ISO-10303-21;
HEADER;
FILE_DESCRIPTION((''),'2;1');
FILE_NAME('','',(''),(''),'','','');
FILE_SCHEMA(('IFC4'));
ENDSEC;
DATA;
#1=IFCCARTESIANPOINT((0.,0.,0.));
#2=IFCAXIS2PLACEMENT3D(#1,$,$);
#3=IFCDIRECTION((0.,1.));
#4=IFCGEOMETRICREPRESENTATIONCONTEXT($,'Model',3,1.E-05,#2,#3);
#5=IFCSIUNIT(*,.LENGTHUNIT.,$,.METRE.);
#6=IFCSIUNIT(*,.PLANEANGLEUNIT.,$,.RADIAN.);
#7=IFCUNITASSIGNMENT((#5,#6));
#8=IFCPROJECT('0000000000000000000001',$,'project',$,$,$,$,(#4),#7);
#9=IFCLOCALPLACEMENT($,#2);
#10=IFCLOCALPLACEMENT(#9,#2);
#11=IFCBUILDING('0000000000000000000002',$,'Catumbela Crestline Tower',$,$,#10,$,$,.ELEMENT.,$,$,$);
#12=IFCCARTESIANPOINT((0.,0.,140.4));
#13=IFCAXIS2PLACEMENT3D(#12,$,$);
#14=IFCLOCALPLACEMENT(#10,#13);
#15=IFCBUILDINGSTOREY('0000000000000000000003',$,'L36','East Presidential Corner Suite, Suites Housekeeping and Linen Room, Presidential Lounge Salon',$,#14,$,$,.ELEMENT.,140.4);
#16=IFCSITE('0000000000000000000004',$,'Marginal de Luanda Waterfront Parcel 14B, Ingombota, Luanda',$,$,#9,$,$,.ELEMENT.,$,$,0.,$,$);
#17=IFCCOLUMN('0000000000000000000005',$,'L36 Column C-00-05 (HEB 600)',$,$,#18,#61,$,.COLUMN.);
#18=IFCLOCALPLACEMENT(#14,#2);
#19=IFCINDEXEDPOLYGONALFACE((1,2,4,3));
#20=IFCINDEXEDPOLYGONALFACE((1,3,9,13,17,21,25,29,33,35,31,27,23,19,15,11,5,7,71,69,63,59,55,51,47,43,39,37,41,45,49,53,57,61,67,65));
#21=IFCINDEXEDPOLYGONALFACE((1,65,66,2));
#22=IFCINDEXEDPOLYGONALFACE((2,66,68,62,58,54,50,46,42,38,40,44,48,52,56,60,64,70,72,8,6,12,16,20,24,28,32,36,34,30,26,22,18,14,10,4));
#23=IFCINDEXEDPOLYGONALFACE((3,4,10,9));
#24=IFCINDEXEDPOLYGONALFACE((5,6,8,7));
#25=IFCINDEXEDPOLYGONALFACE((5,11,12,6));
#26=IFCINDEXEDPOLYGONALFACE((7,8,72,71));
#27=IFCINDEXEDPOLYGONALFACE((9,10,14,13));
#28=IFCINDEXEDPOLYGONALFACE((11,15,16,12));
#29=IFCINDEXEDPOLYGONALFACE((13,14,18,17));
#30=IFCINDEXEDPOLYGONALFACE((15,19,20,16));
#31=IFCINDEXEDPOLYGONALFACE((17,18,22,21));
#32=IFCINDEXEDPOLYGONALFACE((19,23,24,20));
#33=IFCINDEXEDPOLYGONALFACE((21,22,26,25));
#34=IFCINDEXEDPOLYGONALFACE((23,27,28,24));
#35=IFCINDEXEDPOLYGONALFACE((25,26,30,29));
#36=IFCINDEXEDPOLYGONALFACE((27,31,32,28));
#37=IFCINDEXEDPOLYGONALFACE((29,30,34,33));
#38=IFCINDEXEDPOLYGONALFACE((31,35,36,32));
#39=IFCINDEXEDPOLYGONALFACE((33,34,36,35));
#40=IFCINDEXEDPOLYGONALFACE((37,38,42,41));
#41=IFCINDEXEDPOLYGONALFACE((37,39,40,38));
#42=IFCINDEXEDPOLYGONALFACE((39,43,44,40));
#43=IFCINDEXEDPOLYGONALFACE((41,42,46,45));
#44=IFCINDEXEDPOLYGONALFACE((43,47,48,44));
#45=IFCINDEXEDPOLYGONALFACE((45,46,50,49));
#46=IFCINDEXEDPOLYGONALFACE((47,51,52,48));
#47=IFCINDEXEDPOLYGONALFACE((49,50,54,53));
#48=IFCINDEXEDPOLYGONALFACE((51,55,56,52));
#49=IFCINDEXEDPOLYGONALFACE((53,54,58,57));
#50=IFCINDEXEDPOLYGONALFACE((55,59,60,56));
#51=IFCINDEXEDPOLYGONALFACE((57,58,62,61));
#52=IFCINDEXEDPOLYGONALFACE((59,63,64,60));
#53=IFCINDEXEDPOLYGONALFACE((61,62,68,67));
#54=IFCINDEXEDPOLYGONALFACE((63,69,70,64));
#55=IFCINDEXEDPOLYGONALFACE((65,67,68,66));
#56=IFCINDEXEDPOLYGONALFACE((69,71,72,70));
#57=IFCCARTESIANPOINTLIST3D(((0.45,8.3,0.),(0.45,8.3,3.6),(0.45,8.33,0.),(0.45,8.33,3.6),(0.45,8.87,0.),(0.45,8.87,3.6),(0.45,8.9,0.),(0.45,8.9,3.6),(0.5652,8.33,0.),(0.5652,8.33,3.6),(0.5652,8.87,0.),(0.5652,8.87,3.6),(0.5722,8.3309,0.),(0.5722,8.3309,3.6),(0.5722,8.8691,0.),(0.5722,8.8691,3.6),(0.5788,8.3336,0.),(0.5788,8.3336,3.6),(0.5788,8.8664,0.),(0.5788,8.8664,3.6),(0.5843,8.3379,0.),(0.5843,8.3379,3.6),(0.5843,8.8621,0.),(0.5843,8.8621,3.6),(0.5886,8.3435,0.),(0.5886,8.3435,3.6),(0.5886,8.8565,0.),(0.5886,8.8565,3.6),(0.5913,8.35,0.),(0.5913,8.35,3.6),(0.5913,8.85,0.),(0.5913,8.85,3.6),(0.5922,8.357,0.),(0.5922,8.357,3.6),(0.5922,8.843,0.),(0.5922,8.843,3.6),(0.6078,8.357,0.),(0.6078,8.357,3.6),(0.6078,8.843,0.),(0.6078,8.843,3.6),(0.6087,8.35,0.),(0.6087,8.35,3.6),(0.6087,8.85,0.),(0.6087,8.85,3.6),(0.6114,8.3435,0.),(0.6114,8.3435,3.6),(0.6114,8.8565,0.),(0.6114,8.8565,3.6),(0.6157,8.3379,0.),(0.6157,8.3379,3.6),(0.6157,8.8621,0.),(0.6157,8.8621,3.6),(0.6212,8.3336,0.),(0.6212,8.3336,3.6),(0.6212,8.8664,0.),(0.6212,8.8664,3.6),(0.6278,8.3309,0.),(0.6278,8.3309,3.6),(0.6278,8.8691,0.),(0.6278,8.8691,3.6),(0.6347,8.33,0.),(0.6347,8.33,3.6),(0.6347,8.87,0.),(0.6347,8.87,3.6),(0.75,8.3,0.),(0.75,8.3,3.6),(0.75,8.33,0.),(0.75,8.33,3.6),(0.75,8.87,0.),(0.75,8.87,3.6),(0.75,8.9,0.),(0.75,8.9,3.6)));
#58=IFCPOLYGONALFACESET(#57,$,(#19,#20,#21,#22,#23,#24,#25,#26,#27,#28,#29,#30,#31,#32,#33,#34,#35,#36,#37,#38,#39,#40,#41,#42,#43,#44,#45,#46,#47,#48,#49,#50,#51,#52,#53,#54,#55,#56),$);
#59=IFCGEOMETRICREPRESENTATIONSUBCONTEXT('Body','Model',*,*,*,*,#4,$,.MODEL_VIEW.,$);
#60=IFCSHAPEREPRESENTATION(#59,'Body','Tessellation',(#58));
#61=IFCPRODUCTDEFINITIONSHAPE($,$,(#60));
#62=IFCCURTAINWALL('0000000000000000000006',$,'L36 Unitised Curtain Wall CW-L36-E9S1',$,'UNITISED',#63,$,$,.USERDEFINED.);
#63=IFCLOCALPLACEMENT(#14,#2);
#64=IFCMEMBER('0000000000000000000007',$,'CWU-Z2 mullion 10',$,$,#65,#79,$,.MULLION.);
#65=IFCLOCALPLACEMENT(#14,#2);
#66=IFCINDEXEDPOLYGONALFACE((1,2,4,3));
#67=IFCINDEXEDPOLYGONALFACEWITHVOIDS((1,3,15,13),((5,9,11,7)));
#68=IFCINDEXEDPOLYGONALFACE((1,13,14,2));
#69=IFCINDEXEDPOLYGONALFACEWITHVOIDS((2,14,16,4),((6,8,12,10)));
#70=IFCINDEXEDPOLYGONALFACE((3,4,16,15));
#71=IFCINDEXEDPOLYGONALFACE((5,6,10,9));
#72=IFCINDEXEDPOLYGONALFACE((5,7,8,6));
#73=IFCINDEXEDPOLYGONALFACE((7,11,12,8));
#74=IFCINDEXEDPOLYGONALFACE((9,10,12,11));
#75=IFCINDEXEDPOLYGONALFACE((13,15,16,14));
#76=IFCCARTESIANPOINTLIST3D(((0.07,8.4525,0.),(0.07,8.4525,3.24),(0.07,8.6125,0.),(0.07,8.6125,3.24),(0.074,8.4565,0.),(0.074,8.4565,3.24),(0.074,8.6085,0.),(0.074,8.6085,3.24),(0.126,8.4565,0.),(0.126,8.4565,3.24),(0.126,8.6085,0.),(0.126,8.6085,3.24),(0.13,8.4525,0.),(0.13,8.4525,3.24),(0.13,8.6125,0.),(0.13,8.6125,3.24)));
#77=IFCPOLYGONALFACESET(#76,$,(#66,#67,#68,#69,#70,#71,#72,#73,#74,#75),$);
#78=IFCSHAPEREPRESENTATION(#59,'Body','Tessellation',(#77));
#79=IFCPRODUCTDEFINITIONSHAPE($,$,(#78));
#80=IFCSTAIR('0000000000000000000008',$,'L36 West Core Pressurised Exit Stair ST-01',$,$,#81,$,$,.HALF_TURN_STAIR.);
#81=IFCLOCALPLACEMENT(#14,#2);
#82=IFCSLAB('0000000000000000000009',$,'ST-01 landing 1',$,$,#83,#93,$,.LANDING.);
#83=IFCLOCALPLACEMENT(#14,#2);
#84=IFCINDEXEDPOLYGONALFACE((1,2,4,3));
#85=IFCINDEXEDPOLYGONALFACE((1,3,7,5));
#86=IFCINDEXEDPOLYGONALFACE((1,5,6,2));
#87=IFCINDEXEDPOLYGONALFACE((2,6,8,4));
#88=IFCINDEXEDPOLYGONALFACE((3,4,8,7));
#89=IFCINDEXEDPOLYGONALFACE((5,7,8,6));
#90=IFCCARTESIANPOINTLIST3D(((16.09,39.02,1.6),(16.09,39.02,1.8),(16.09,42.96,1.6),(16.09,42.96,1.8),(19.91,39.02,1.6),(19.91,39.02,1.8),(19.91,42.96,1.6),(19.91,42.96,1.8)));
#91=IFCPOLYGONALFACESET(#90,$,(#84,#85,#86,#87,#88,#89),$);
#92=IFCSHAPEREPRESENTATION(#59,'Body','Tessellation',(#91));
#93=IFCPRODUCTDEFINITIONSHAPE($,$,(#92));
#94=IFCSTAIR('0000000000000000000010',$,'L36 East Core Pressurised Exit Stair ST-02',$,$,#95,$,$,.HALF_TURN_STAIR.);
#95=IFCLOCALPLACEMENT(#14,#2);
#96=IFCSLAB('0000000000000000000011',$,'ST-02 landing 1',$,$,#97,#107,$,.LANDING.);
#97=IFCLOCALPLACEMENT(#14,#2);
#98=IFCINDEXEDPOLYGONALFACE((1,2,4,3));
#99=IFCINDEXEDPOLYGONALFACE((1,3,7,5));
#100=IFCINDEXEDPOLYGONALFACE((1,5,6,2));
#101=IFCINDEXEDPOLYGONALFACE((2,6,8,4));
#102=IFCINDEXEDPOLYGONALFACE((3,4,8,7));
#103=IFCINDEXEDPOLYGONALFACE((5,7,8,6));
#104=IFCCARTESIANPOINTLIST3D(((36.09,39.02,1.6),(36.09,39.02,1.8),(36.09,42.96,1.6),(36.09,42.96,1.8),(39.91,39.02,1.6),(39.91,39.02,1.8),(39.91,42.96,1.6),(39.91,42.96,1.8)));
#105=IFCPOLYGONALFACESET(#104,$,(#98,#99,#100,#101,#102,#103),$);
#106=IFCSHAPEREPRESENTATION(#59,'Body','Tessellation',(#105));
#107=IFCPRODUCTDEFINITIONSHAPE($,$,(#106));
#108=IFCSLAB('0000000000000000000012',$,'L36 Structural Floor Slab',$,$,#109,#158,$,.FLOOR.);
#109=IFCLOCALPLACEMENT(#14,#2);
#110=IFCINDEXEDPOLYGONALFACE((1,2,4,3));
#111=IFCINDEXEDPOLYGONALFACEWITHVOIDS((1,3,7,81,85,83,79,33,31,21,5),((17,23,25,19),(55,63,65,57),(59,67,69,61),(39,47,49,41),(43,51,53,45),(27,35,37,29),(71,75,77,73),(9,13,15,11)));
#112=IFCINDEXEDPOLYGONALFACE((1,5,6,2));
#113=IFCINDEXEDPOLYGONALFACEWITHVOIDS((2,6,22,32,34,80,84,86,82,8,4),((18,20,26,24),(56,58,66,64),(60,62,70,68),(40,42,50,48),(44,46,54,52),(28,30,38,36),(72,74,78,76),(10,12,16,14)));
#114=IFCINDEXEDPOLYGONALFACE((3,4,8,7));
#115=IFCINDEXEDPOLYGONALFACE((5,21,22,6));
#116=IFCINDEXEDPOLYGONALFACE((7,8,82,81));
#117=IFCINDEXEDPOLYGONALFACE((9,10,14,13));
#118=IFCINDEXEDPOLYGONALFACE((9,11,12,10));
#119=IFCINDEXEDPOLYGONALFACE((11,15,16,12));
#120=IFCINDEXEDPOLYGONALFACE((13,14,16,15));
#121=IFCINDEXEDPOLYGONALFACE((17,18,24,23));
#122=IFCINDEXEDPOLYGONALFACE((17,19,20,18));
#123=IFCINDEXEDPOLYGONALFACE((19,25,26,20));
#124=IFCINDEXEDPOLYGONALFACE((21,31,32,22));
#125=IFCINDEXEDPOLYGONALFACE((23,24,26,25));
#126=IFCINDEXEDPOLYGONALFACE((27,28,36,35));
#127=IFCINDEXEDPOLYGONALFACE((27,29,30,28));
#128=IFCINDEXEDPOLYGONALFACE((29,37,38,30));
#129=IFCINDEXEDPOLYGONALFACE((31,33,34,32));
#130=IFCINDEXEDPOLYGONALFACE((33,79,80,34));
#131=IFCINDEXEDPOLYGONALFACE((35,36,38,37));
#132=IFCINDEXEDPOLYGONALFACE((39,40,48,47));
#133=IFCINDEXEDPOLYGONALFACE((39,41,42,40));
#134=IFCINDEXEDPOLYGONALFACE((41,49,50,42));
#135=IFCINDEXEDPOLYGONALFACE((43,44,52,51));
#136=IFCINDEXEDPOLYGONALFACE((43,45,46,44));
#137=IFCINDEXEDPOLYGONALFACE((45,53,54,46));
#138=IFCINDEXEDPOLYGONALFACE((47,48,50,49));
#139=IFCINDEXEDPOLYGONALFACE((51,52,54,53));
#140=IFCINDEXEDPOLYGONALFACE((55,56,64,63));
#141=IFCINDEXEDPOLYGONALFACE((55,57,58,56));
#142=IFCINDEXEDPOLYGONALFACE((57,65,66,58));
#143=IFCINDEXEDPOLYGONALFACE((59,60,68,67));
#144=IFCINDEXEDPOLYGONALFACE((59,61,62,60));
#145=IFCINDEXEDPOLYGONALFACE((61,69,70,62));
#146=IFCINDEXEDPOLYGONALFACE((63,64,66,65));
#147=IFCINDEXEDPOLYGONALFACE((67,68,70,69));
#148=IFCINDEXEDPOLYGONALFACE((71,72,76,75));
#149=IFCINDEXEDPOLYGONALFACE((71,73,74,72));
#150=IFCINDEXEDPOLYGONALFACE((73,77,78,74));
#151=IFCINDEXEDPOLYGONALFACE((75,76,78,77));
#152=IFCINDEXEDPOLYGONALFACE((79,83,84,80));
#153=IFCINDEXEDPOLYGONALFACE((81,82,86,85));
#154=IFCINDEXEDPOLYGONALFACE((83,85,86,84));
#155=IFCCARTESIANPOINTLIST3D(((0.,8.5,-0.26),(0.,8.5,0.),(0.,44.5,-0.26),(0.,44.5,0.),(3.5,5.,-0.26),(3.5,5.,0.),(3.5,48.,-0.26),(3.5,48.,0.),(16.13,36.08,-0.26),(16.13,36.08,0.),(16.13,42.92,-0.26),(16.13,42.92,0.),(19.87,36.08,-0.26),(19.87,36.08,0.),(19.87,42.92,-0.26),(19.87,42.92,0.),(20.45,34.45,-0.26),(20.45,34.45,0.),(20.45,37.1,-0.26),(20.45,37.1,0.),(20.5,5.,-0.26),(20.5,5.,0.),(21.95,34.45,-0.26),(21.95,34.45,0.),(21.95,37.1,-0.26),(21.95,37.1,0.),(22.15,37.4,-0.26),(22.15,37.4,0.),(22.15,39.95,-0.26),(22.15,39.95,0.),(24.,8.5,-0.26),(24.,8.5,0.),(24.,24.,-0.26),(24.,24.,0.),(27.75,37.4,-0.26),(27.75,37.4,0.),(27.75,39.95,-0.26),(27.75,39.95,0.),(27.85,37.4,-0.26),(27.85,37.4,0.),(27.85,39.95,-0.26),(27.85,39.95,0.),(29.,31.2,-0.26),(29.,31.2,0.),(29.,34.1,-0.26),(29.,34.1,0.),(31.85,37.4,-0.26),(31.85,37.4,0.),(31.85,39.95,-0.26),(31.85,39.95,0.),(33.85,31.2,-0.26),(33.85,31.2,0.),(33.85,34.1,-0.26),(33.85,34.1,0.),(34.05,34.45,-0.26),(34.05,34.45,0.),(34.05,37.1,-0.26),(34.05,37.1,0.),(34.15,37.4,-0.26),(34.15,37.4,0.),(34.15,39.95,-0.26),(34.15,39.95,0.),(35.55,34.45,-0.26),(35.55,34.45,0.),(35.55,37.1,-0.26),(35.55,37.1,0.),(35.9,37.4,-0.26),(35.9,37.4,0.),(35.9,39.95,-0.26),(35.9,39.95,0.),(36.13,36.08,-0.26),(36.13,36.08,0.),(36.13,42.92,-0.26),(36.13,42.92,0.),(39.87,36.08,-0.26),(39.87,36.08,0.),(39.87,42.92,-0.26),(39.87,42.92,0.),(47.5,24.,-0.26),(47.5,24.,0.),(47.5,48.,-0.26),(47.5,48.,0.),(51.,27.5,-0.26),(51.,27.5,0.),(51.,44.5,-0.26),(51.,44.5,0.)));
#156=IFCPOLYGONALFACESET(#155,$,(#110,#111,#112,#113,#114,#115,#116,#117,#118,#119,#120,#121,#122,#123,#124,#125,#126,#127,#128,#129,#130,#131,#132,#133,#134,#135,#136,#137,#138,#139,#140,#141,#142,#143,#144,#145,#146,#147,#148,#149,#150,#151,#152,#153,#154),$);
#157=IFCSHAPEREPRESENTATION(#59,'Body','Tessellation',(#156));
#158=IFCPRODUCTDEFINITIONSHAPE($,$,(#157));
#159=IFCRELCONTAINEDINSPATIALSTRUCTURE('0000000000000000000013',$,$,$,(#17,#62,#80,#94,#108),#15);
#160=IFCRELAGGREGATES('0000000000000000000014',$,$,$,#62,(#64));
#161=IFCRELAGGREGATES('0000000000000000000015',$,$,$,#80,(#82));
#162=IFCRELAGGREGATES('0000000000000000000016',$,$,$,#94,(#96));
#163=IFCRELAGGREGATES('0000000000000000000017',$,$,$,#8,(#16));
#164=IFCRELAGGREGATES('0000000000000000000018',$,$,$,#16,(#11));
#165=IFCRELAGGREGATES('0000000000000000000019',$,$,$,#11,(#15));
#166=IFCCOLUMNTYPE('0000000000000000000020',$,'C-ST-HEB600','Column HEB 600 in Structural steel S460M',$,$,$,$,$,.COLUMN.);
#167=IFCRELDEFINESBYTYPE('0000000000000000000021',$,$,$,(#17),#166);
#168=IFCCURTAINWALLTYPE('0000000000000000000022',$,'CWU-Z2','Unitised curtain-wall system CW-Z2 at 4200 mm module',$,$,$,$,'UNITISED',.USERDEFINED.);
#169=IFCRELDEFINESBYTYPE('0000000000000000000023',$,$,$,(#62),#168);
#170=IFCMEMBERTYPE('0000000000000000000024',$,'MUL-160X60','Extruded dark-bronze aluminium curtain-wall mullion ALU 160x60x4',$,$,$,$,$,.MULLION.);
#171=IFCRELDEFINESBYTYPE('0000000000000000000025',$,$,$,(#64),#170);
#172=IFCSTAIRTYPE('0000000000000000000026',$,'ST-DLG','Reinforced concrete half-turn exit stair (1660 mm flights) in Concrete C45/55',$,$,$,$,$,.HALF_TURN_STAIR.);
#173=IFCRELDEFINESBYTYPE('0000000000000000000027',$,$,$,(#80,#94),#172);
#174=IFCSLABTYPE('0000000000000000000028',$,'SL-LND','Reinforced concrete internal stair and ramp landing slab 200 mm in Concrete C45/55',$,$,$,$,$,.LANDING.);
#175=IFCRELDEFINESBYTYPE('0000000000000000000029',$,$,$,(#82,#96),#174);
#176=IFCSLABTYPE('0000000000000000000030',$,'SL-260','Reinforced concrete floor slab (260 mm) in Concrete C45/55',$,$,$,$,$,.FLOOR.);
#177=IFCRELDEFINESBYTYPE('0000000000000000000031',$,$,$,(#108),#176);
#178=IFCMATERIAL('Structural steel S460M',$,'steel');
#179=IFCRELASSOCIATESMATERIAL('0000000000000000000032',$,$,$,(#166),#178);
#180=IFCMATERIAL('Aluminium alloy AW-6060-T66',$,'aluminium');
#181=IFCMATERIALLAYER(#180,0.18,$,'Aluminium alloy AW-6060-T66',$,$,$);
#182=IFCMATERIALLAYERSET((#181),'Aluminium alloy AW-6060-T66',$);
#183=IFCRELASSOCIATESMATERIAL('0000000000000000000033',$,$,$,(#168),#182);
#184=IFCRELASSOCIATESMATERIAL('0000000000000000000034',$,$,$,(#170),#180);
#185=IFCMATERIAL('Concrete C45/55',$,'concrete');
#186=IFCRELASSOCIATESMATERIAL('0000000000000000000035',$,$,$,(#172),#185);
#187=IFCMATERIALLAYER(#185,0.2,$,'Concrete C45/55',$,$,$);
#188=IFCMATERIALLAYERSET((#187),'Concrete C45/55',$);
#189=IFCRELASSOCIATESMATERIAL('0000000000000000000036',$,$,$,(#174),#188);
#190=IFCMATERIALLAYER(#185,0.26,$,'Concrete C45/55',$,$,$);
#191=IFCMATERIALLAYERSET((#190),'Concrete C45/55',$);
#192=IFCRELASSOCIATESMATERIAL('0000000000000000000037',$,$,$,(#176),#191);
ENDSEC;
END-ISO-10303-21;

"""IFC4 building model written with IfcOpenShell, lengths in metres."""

from ifc_helpers import new_model, si_unit, direction, frame, origin, origin_2d, place, context, subcontext, project, spatial, polyline, hollow_rectangle, i_section, outline, extrude, material, layer, layer_set, material_profile, profile_set, type_object, element, aggregate, save


model = new_model("IFC4")

# Units and contexts
model_context = context("Model", 3, precision=1e-05, world=origin(), true_north=direction((0.0, 1.0)))
body_context = subcontext(model_context, "Body", "Model", "MODEL_VIEW")
ifc_project = project(units=[si_unit("LENGTHUNIT", "METRE"), si_unit("PLANEANGLEUNIT", "RADIAN")], contexts=[model_context])

# Site, building, storey
site_placement = place(None, origin())
site = spatial("IfcSite", under=ifc_project, at=site_placement, Name="Marginal de Luanda Waterfront Parcel 14B, Ingombota, Luanda", CompositionType="ELEMENT", RefElevation=0.0)
building_placement = place(site_placement, origin())
building = spatial("IfcBuilding", under=site, at=building_placement, Name="Catumbela Crestline Tower", CompositionType="ELEMENT")
storey_placement = place(building_placement, frame((0.0, 0.0, 140.4)))
storey = spatial("IfcBuildingStorey", under=building, at=storey_placement, Name="L36", Description="East Presidential Corner Suite, Suites Housekeeping and Linen Room, Presidential Lounge Salon", CompositionType="ELEMENT", Elevation=140.4)

# Column
ifc_material_1 = material(Name="Structural steel S460M", Category="steel")
ifc_material_profile_1 = material_profile(ifc_material_1, i_section(OverallWidth=0.3, OverallDepth=0.6, WebThickness=0.0155, FlangeThickness=0.03, FilletRadius=0.027, at=origin_2d()), Name="HEB 600")
ifc_profile_set_1 = profile_set([ifc_material_profile_1], Name="Structural steel S460M")
column_type = type_object("IfcColumnType", Name="C-ST-HEB600", Description="Column HEB 600 in Structural steel S460M", PredefinedType="COLUMN", material=ifc_profile_set_1)
column_placement = place(storey_placement, frame((0.6, 8.6, 0.0), z_axis=(0.0, 0.0, 1.0), x_axis=(1.0, 0.0, 0.0)))
element("IfcColumn", 1, at=column_placement, inside=storey, type_object=column_type, Name="L36 Column C-00-05 (HEB 600)", PredefinedType="COLUMN", context=body_context, shape_type="SweptSolid", body=[
    extrude(i_section(OverallWidth=0.3, OverallDepth=0.6, WebThickness=0.0155, FlangeThickness=0.03, FilletRadius=0.027, at=origin_2d()), origin(), (0.0, 0.0, 1.0), 3.6),
])

# Curtain wall, member
ifc_material_2 = material(Name="Aluminium alloy AW-6060-T66", Category="aluminium")
ifc_layer_1 = layer(ifc_material_2, 0.18, Name="Aluminium alloy AW-6060-T66")
ifc_layer_set_1 = layer_set([ifc_layer_1], Name="Aluminium alloy AW-6060-T66")
curtain_wall_type = type_object("IfcCurtainWallType", Name="CWU-Z2", Description="Unitised curtain-wall system CW-Z2 at 4200 mm module", ElementType="UNITISED", PredefinedType="USERDEFINED", material=ifc_layer_set_1)
curtain_wall_placement = place(storey_placement, origin())
curtain_wall = element("IfcCurtainWall", 2, at=curtain_wall_placement, inside=storey, type_object=curtain_wall_type, Name="L36 Unitised Curtain Wall CW-L36-E9S1", ObjectType="UNITISED", PredefinedType="USERDEFINED")
ifc_material_profile_2 = material_profile(ifc_material_2, hollow_rectangle(XDim=0.06, YDim=0.16, WallThickness=0.004, at=origin_2d()), Name="ALU 160x60x4")
ifc_profile_set_2 = profile_set([ifc_material_profile_2], Name="Aluminium alloy AW-6060-T66")
member_type = type_object("IfcMemberType", Name="MUL-160X60", Description="Extruded dark-bronze aluminium curtain-wall mullion ALU 160x60x4", PredefinedType="MULLION", material=ifc_profile_set_2)
member_placement = place(storey_placement, frame((0.1, 8.5325, 0.0), z_axis=(0.0, 0.0, 1.0), x_axis=(1.0, 0.0, 0.0)))
member = element("IfcMember", 3, at=member_placement, type_object=member_type, Name="CWU-Z2 mullion 10", PredefinedType="MULLION", context=body_context, shape_type="SweptSolid", body=[
    extrude(hollow_rectangle(XDim=0.06, YDim=0.16, WallThickness=0.004, at=origin_2d()), origin(), (0.0, 0.0, 1.0), 3.24),
])
aggregate(curtain_wall, [member])

# Stairs, slabs
ifc_material_3 = material(Name="Concrete C45/55", Category="concrete")
stair_type = type_object("IfcStairType", Name="ST-DLG", Description="Reinforced concrete half-turn exit stair (1660 mm flights) in Concrete C45/55", PredefinedType="HALF_TURN_STAIR", material=ifc_material_3)
stair_1_placement = place(storey_placement, origin())
stair_1 = element("IfcStair", 4, at=stair_1_placement, inside=storey, type_object=stair_type, Name="L36 West Core Pressurised Exit Stair ST-01", PredefinedType="HALF_TURN_STAIR")
ifc_layer_2 = layer(ifc_material_3, 0.2, Name="Concrete C45/55")
ifc_layer_set_2 = layer_set([ifc_layer_2], Name="Concrete C45/55")
slab_type_1 = type_object("IfcSlabType", Name="SL-LND", Description="Reinforced concrete internal stair and ramp landing slab 200 mm in Concrete C45/55", PredefinedType="LANDING", material=ifc_layer_set_2)
slab_1_placement = place(storey_placement, frame((0.0, 0.0, 1.6)))
slab_1 = element("IfcSlab", 5, at=slab_1_placement, type_object=slab_type_1, Name="ST-01 landing 1", PredefinedType="LANDING", context=body_context, shape_type="SweptSolid", body=[
    extrude(outline(polyline([(19.91, 39.02), (19.91, 42.96), (16.09, 42.96), (16.09, 39.02), (19.91, 39.02)])), origin(), (0.0, 0.0, 1.0), 0.2),
])
aggregate(stair_1, [slab_1])
stair_2_placement = place(storey_placement, origin())
stair_2 = element("IfcStair", 6, at=stair_2_placement, inside=storey, type_object=stair_type, Name="L36 East Core Pressurised Exit Stair ST-02", PredefinedType="HALF_TURN_STAIR")
slab_2_placement = place(storey_placement, frame((0.0, 0.0, 1.6)))
slab_2 = element("IfcSlab", 7, at=slab_2_placement, type_object=slab_type_1, Name="ST-02 landing 1", PredefinedType="LANDING", context=body_context, shape_type="SweptSolid", body=[
    extrude(outline(polyline([(39.91, 39.02), (39.91, 42.96), (36.09, 42.96), (36.09, 39.02), (39.91, 39.02)])), origin(), (0.0, 0.0, 1.0), 0.2),
])
aggregate(stair_2, [slab_2])

# Slab
ifc_layer_3 = layer(ifc_material_3, 0.26, Name="Concrete C45/55")
ifc_layer_set_3 = layer_set([ifc_layer_3], Name="Concrete C45/55")
slab_type_2 = type_object("IfcSlabType", Name="SL-260", Description="Reinforced concrete floor slab (260 mm) in Concrete C45/55", PredefinedType="FLOOR", material=ifc_layer_set_3)
slab_3_placement = place(storey_placement, frame((0.0, 0.0, -0.26)))
element("IfcSlab", 8, at=slab_3_placement, inside=storey, type_object=slab_type_2, Name="L36 Structural Floor Slab", PredefinedType="FLOOR", context=body_context, shape_type="SweptSolid", body=[
    extrude(outline(polyline([(3.5, 5.0), (20.5, 5.0), (24.0, 8.5), (24.0, 24.0), (47.5, 24.0), (51.0, 27.5), (51.0, 44.5), (47.5, 48.0), (3.5, 48.0), (0.0, 44.5), (0.0, 8.5), (3.5, 5.0)]), holes=[polyline([(16.13, 36.08), (19.87, 36.08), (19.87, 42.92), (16.13, 42.92), (16.13, 36.08)]), polyline([(36.13, 36.08), (39.87, 36.08), (39.87, 42.92), (36.13, 42.92), (36.13, 36.08)]), polyline([(29.0, 31.2), (33.85, 31.2), (33.85, 34.1), (29.0, 34.1), (29.0, 31.2)]), polyline([(22.15, 37.4), (27.75, 37.4), (27.75, 39.95), (22.15, 39.95), (22.15, 37.4)]), polyline([(27.85, 37.4), (31.85, 37.4), (31.85, 39.95), (27.85, 39.95), (27.85, 37.4)]), polyline([(20.45, 34.45), (21.95, 34.45), (21.95, 37.1), (20.45, 37.1), (20.45, 34.45)]), polyline([(34.05, 34.45), (35.55, 34.45), (35.55, 37.1), (34.05, 37.1), (34.05, 34.45)]), polyline([(34.15, 37.4), (35.9, 37.4), (35.9, 39.95), (34.15, 39.95), (34.15, 37.4)])]), origin(), (0.0, 0.0, 1.0), 0.26),
])

save(model, "model.ifc")
